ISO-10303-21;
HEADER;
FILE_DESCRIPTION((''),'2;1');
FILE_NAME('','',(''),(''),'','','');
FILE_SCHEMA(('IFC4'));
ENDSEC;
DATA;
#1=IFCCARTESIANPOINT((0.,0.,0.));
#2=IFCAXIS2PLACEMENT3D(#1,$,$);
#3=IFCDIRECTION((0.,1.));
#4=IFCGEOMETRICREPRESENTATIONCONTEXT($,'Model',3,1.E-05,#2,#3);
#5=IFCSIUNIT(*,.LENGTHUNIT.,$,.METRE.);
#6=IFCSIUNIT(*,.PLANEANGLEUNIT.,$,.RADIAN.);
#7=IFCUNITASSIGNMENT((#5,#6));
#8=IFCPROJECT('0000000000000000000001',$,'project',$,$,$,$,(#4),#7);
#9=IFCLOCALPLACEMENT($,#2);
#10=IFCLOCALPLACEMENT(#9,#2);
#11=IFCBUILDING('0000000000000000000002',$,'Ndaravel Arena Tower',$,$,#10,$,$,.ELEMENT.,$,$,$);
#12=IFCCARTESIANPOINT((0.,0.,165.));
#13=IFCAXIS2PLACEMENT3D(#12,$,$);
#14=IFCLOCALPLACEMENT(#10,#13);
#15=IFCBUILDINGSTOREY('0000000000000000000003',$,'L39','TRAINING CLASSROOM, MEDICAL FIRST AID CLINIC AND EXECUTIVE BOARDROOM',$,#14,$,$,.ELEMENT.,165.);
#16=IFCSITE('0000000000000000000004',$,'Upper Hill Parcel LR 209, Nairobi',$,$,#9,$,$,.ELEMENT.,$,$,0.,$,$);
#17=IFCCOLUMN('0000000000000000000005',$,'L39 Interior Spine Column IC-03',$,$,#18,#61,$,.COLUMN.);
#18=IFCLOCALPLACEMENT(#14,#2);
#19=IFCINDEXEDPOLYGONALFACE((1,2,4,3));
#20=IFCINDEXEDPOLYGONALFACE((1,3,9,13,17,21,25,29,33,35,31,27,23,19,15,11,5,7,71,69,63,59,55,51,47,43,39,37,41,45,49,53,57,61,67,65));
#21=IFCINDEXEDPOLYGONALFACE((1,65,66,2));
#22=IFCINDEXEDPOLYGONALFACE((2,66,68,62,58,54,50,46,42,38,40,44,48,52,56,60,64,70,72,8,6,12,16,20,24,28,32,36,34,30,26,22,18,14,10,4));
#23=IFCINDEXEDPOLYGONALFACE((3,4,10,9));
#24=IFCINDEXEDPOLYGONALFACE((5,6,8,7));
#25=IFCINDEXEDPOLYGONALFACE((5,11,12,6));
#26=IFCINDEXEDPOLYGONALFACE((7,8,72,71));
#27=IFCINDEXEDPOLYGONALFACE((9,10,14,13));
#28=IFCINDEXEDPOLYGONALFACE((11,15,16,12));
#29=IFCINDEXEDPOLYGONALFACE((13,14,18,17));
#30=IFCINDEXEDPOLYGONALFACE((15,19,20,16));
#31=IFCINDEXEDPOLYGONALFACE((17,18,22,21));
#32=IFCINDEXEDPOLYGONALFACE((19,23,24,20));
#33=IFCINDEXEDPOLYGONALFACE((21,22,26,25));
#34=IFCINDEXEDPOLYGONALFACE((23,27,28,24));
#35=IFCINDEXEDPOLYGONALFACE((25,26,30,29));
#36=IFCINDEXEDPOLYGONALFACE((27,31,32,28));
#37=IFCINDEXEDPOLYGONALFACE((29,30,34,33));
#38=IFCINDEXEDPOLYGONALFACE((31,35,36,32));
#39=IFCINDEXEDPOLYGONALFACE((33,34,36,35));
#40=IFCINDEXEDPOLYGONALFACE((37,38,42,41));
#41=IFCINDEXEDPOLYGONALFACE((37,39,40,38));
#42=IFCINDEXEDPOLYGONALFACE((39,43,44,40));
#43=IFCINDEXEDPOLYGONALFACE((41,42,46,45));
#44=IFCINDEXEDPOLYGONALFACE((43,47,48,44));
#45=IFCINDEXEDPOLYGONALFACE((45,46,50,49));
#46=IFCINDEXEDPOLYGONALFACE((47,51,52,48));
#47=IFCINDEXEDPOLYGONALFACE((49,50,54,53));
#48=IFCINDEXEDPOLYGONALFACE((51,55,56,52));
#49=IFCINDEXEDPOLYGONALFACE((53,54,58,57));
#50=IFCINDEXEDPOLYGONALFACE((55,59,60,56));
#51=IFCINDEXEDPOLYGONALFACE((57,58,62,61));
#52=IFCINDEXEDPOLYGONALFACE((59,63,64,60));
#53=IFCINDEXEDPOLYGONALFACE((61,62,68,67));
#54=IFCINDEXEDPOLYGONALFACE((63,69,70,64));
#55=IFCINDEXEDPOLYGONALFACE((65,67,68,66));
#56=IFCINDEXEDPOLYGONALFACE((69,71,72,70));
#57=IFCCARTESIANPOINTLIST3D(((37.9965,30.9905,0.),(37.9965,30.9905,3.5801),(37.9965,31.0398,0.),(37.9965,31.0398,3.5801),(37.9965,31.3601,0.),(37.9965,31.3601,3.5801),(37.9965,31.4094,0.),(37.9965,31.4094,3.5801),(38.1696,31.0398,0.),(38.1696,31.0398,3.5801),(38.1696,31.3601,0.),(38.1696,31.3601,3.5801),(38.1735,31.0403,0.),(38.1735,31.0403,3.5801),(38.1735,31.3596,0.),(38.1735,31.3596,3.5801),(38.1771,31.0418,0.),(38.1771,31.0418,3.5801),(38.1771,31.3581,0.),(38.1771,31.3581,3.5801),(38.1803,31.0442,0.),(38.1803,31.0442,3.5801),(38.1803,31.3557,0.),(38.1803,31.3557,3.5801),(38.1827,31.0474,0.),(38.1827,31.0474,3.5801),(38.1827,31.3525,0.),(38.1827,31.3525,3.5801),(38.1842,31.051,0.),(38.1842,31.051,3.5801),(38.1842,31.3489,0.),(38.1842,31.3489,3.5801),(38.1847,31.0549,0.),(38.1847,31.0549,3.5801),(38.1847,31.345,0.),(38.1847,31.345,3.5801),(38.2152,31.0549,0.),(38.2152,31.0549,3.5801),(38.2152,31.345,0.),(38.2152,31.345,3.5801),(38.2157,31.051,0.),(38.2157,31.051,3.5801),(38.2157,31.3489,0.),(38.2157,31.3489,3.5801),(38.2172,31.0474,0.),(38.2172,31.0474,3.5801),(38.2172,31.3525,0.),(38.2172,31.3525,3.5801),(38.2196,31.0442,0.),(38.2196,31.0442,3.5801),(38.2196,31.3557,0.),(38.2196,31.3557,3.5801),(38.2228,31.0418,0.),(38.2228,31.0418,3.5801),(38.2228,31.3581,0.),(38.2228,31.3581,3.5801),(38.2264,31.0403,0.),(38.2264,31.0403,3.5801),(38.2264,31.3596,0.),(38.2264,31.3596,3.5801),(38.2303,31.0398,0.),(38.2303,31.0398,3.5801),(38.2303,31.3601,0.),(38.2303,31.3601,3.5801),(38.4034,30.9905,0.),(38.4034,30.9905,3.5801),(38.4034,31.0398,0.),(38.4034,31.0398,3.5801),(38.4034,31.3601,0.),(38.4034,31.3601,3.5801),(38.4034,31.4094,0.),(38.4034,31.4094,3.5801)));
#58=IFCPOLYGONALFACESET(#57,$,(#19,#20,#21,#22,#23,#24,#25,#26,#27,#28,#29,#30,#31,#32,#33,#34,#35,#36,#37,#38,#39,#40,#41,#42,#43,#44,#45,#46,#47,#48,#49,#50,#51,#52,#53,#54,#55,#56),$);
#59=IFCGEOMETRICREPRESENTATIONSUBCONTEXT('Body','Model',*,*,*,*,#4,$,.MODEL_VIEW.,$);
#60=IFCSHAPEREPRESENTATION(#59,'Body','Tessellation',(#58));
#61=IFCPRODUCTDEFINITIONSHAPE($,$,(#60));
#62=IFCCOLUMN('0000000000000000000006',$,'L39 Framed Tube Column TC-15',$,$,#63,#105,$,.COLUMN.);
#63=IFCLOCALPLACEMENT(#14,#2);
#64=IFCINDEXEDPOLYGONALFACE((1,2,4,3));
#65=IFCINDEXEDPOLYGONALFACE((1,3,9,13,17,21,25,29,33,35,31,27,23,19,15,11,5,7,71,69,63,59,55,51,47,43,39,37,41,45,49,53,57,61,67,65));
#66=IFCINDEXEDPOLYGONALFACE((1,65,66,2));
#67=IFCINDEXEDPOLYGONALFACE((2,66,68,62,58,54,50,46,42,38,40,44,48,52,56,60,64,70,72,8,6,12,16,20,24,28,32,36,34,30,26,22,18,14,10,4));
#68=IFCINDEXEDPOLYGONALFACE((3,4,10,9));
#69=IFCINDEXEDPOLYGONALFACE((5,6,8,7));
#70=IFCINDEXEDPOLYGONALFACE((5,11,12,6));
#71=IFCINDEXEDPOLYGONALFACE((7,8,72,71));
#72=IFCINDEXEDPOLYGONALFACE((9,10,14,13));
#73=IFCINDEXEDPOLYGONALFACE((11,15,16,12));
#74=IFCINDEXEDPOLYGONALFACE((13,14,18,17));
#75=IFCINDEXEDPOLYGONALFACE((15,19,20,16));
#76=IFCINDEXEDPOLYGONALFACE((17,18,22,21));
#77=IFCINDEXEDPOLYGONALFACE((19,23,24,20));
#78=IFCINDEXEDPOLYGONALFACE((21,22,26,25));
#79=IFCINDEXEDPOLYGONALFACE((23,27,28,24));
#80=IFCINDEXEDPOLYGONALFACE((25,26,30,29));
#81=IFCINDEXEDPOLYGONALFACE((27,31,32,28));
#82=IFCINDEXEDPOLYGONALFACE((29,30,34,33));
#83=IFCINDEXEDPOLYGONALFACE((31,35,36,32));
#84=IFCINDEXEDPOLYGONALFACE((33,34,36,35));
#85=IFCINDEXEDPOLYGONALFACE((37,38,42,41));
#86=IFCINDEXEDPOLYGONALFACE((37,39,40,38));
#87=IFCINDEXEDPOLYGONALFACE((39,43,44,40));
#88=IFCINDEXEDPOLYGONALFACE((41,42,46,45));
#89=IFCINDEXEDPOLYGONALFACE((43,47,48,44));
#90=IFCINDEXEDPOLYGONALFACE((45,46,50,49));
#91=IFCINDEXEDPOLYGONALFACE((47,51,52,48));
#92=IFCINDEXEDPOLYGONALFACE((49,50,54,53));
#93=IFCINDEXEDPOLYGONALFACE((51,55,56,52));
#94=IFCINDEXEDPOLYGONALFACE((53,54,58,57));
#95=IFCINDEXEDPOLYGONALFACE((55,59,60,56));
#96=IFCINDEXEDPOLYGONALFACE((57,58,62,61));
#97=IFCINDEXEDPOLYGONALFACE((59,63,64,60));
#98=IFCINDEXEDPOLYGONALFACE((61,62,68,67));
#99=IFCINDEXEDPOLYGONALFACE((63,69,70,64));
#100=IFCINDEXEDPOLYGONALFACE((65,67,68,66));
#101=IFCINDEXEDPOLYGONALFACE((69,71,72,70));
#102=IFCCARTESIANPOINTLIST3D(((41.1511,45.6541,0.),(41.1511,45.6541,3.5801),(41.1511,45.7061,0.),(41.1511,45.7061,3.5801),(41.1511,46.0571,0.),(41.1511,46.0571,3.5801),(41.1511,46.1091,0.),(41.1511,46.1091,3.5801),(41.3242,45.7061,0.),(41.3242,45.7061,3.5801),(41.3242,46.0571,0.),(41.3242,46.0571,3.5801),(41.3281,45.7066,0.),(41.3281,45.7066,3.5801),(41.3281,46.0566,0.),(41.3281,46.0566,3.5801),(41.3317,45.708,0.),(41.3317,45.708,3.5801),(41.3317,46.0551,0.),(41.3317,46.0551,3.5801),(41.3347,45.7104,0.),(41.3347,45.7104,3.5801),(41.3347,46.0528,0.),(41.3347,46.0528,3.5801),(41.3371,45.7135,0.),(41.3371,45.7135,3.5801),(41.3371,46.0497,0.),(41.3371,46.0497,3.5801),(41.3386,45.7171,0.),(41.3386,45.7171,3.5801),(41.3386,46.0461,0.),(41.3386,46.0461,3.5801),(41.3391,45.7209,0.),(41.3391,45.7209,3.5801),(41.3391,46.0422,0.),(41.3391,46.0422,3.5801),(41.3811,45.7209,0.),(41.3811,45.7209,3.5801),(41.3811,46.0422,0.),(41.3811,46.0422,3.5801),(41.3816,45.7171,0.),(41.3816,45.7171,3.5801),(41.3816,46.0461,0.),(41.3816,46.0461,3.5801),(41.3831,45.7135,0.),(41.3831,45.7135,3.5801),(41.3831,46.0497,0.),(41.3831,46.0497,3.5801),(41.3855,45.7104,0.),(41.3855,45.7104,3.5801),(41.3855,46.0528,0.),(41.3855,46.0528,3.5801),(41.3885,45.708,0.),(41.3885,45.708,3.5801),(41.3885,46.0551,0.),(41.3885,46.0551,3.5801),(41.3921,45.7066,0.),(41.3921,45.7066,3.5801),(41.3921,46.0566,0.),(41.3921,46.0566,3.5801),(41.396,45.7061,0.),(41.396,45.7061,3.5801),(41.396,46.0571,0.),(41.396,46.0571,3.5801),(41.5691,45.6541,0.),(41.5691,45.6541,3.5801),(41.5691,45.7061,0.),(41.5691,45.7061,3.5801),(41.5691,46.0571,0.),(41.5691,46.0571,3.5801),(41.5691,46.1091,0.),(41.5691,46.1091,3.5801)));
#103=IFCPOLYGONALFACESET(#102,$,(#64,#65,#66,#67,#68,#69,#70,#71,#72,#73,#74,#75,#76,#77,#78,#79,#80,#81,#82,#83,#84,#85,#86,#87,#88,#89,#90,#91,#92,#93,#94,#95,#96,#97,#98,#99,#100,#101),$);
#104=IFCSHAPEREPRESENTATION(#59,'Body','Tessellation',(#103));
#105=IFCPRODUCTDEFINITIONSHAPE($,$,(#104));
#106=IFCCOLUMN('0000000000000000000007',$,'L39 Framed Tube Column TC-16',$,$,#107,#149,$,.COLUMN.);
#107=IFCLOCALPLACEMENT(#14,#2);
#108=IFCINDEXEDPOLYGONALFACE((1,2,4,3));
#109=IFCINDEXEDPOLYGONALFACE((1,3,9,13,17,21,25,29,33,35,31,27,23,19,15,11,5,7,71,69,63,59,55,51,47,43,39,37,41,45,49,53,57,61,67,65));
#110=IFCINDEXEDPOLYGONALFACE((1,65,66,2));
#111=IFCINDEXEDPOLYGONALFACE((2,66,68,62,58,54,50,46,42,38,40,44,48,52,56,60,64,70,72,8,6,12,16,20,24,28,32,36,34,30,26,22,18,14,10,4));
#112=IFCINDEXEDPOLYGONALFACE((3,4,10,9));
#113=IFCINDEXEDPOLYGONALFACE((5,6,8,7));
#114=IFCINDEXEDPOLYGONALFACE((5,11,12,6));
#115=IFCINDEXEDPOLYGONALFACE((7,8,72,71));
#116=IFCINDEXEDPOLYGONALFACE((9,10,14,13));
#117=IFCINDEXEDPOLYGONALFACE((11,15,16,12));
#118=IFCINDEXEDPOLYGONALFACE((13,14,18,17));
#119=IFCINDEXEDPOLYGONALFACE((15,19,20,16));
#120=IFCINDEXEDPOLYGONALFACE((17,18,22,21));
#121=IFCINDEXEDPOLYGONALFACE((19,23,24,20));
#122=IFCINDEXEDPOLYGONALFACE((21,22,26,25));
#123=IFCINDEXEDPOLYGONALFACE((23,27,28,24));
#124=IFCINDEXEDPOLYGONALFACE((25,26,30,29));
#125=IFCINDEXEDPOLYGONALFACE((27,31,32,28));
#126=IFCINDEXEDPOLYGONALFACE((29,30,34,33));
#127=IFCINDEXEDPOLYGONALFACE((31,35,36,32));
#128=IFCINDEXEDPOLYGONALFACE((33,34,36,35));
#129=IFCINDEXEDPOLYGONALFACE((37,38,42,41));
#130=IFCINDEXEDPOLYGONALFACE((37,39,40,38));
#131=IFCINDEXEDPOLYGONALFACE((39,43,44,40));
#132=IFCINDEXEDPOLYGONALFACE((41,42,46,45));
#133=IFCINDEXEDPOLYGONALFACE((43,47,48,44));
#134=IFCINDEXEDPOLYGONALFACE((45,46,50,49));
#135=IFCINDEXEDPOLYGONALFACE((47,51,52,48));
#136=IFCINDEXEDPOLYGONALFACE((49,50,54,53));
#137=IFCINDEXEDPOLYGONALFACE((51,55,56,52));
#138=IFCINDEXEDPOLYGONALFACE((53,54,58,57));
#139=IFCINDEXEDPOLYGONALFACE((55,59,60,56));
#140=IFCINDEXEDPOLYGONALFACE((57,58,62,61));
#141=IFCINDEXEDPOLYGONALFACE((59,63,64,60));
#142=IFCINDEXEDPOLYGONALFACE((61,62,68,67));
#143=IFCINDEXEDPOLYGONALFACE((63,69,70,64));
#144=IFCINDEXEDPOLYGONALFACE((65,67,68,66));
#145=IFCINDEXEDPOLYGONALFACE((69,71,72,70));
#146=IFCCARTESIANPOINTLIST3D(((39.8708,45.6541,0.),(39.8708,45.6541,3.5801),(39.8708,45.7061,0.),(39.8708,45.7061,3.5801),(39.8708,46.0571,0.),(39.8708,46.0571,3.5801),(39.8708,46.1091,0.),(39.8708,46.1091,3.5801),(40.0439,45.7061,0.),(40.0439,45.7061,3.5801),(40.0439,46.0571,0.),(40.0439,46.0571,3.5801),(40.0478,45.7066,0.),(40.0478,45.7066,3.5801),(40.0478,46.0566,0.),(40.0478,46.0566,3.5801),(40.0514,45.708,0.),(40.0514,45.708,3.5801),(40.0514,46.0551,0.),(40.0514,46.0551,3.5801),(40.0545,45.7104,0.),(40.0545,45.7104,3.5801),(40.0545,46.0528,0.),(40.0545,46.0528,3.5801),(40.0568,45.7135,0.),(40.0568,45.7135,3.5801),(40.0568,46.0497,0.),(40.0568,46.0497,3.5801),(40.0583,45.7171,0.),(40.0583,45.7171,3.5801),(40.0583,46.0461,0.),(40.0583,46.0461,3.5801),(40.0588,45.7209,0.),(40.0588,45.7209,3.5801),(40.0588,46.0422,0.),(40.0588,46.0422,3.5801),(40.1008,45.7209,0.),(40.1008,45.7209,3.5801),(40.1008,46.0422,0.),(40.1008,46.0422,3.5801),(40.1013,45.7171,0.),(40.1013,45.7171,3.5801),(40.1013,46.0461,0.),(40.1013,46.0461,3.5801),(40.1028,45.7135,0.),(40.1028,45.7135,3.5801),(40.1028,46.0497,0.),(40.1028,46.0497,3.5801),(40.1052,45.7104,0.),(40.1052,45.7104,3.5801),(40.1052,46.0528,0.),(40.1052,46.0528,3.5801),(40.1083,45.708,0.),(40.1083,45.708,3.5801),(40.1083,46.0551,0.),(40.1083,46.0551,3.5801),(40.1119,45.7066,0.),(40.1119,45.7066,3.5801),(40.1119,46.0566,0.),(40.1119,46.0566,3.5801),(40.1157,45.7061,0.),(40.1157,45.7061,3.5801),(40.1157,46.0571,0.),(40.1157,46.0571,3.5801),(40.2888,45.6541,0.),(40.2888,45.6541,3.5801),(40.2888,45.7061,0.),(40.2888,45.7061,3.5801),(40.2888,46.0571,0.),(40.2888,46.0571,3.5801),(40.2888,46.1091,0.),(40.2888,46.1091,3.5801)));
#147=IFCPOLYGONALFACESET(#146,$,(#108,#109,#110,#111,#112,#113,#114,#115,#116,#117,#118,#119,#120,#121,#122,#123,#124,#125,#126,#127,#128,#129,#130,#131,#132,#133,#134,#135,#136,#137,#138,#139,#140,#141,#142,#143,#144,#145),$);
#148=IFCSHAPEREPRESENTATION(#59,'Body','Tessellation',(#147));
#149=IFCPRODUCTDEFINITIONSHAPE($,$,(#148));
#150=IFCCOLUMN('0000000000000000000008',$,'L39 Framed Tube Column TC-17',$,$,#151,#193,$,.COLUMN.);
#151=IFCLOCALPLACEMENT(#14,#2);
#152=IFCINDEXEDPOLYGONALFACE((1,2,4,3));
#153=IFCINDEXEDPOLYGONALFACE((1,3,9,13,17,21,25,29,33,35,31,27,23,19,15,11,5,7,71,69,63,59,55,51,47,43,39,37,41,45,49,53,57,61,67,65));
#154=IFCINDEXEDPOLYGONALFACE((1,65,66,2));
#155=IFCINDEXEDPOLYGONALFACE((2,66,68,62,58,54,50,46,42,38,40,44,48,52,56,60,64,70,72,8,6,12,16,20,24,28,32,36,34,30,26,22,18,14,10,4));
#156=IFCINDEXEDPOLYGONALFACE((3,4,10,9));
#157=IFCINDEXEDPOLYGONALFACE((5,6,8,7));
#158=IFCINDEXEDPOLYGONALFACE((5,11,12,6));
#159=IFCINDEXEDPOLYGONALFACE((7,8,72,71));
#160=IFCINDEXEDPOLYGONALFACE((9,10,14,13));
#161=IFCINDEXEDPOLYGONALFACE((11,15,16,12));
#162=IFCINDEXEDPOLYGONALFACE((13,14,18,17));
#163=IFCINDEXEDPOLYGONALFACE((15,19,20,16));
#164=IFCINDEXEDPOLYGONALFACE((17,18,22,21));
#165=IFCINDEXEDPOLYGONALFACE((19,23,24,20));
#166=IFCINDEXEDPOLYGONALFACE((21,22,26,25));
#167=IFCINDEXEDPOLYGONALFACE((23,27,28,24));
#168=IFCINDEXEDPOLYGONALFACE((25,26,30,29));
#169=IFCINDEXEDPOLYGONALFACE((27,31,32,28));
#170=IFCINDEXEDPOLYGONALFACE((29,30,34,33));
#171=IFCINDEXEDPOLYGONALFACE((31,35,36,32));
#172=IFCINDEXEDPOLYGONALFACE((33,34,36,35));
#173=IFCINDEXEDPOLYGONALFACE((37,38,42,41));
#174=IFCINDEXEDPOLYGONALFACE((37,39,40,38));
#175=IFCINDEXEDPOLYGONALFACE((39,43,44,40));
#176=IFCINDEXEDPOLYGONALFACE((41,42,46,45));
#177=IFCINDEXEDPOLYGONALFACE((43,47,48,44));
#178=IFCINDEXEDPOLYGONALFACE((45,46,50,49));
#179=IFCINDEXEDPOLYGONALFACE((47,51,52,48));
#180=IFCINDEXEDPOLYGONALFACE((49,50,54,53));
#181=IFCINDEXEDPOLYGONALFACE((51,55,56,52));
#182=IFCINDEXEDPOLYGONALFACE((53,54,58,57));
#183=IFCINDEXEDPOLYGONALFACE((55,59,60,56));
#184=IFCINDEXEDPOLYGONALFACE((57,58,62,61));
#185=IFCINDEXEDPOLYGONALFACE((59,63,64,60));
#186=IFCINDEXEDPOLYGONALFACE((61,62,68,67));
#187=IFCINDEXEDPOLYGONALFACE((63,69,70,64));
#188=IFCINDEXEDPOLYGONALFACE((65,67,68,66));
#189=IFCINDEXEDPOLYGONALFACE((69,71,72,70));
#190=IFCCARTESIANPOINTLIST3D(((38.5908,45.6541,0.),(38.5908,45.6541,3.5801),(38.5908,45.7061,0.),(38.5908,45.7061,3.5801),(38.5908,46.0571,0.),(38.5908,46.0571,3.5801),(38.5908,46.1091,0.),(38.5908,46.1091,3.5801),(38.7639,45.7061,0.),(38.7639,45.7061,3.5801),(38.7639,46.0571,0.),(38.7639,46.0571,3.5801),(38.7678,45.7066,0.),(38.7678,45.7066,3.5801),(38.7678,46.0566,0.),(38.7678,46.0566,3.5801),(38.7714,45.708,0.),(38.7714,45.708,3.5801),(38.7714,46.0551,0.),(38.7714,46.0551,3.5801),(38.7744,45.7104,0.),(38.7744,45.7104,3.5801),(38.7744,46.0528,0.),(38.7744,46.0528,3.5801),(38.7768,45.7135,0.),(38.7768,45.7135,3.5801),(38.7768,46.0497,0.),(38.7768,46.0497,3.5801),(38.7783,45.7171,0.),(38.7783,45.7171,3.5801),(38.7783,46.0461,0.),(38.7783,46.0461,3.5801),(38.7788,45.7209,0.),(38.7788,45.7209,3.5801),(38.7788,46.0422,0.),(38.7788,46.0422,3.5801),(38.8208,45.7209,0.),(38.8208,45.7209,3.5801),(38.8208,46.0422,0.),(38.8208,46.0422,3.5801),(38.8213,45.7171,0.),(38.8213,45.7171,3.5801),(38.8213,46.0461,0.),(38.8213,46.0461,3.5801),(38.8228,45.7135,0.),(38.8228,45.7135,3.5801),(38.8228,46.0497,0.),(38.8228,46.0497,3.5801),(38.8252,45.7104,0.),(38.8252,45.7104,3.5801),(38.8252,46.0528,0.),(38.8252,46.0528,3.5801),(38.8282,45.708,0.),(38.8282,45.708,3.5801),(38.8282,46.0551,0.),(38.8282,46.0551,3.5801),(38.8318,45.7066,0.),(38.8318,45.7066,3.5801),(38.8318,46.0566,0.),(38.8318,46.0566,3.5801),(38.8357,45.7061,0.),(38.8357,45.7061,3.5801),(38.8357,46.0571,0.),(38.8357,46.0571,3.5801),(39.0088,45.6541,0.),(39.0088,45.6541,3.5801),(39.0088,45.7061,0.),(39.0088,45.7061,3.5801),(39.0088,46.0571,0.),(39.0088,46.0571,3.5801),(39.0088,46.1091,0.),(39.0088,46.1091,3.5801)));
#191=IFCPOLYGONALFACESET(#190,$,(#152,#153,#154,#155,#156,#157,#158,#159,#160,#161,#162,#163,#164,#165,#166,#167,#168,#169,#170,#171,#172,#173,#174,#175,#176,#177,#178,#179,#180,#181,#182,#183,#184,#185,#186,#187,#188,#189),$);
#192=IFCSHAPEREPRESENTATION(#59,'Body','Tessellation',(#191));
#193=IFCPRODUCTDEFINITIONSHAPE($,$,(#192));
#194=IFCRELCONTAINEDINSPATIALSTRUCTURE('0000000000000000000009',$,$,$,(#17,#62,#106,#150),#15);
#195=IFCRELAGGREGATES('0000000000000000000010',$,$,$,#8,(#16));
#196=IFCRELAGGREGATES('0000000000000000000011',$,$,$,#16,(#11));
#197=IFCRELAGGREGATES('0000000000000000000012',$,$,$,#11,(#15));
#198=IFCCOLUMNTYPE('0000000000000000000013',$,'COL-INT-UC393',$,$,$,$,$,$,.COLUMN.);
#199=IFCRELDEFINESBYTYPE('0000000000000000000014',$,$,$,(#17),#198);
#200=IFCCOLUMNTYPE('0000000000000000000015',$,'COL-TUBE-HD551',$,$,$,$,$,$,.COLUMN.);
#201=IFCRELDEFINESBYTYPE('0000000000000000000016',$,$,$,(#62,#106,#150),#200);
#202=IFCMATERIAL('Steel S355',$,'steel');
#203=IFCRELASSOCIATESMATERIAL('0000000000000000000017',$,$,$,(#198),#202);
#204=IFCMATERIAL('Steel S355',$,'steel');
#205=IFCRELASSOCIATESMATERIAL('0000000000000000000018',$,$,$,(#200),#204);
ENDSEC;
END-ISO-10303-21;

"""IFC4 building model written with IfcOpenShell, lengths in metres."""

from ifc_helpers import new_model, si_unit, direction, frame, origin, origin_2d, place, context, subcontext, project, spatial, i_section, extrude, material, material_profile, profile_set, type_object, element, save


model = new_model("IFC4")

# Units and contexts
model_context = context("Model", 3, precision=1e-05, world=origin(), true_north=direction((0.0, 1.0)))
body_context = subcontext(model_context, "Body", "Model", "MODEL_VIEW")
ifc_project = project(units=[si_unit("LENGTHUNIT", "METRE"), si_unit("PLANEANGLEUNIT", "RADIAN")], contexts=[model_context])

# Site, building, storey
site_placement = place(None, origin())
site = spatial("IfcSite", under=ifc_project, at=site_placement, Name="Upper Hill Parcel LR 209, Nairobi", CompositionType="ELEMENT", RefElevation=0.0)
building_placement = place(site_placement, origin())
building = spatial("IfcBuilding", under=site, at=building_placement, Name="Ndaravel Arena Tower", CompositionType="ELEMENT")
storey_placement = place(building_placement, frame((0.0, 0.0, 165.0)))
storey = spatial("IfcBuildingStorey", under=building, at=storey_placement, Name="L39", Description="TRAINING CLASSROOM, MEDICAL FIRST AID CLINIC AND EXECUTIVE BOARDROOM", CompositionType="ELEMENT", Elevation=165.0)

# Columns
ifc_material_1 = material(Name="Steel S355", Category="steel")
ifc_material_profile_1 = material_profile(ifc_material_1, i_section(OverallWidth=0.407, OverallDepth=0.4189, WebThickness=0.0305, FlangeThickness=0.0493, FilletRadius=0.0151, at=origin_2d()), Name="UC 356x406x393")
ifc_profile_set_1 = profile_set([ifc_material_profile_1], Name="Steel S355")
column_type_1 = type_object("IfcColumnType", Name="COL-INT-UC393", PredefinedType="COLUMN", material=ifc_profile_set_1)
column_placement = place(storey_placement, frame((38.2, 31.2, 0.0), z_axis=(0.0, 0.0, 1.0), x_axis=(1.0, 0.0, 0.0)))
element("IfcColumn", 1, at=column_placement, inside=storey, type_object=column_type_1, Name="L39 Interior Spine Column IC-03", PredefinedType="COLUMN", context=body_context, shape_type="SweptSolid", body=[
    extrude(i_section(OverallWidth=0.407, OverallDepth=0.4189, WebThickness=0.0305, FlangeThickness=0.0493, FilletRadius=0.0151, at=origin_2d()), origin(), (0.0, 0.0, 1.0), 3.5801),
])
ifc_material_2 = material(Name="Steel S355", Category="steel")
ifc_material_profile_2 = material_profile(ifc_material_2, i_section(OverallWidth=0.418, OverallDepth=0.4551, WebThickness=0.042, FlangeThickness=0.052, FilletRadius=0.0149, at=origin_2d()), Name="HD 400x551")
ifc_profile_set_2 = profile_set([ifc_material_profile_2], Name="Steel S355")
column_type_2 = type_object("IfcColumnType", Name="COL-TUBE-HD551", PredefinedType="COLUMN", material=ifc_profile_set_2)
for number, where, z_axis, x_axis, name in (
    (2, (41.3601, 45.8816, 0.0), (0.0, 0.0, 1.0), (1.0, 0.0, 0.0), "L39 Framed Tube Column TC-15"),
    (3, (40.0798, 45.8816, 0.0), (0.0, 0.0, 1.0), (1.0, 0.0, 0.0), "L39 Framed Tube Column TC-16"),
    (4, (38.7998, 45.8816, 0.0), (0.0, 0.0, 1.0), (1.0, 0.0, 0.0), "L39 Framed Tube Column TC-17"),
):
    element("IfcColumn", number, at=place(storey_placement, frame(where, z_axis=z_axis, x_axis=x_axis)), inside=storey, type_object=column_type_2, Name=name, PredefinedType="COLUMN", context=body_context, shape_type="SweptSolid", body=[
        extrude(i_section(OverallWidth=0.418, OverallDepth=0.4551, WebThickness=0.042, FlangeThickness=0.052, FilletRadius=0.0149, at=origin_2d()), origin(), (0.0, 0.0, 1.0), 3.5801),
    ])

save(model, "model.ifc")
